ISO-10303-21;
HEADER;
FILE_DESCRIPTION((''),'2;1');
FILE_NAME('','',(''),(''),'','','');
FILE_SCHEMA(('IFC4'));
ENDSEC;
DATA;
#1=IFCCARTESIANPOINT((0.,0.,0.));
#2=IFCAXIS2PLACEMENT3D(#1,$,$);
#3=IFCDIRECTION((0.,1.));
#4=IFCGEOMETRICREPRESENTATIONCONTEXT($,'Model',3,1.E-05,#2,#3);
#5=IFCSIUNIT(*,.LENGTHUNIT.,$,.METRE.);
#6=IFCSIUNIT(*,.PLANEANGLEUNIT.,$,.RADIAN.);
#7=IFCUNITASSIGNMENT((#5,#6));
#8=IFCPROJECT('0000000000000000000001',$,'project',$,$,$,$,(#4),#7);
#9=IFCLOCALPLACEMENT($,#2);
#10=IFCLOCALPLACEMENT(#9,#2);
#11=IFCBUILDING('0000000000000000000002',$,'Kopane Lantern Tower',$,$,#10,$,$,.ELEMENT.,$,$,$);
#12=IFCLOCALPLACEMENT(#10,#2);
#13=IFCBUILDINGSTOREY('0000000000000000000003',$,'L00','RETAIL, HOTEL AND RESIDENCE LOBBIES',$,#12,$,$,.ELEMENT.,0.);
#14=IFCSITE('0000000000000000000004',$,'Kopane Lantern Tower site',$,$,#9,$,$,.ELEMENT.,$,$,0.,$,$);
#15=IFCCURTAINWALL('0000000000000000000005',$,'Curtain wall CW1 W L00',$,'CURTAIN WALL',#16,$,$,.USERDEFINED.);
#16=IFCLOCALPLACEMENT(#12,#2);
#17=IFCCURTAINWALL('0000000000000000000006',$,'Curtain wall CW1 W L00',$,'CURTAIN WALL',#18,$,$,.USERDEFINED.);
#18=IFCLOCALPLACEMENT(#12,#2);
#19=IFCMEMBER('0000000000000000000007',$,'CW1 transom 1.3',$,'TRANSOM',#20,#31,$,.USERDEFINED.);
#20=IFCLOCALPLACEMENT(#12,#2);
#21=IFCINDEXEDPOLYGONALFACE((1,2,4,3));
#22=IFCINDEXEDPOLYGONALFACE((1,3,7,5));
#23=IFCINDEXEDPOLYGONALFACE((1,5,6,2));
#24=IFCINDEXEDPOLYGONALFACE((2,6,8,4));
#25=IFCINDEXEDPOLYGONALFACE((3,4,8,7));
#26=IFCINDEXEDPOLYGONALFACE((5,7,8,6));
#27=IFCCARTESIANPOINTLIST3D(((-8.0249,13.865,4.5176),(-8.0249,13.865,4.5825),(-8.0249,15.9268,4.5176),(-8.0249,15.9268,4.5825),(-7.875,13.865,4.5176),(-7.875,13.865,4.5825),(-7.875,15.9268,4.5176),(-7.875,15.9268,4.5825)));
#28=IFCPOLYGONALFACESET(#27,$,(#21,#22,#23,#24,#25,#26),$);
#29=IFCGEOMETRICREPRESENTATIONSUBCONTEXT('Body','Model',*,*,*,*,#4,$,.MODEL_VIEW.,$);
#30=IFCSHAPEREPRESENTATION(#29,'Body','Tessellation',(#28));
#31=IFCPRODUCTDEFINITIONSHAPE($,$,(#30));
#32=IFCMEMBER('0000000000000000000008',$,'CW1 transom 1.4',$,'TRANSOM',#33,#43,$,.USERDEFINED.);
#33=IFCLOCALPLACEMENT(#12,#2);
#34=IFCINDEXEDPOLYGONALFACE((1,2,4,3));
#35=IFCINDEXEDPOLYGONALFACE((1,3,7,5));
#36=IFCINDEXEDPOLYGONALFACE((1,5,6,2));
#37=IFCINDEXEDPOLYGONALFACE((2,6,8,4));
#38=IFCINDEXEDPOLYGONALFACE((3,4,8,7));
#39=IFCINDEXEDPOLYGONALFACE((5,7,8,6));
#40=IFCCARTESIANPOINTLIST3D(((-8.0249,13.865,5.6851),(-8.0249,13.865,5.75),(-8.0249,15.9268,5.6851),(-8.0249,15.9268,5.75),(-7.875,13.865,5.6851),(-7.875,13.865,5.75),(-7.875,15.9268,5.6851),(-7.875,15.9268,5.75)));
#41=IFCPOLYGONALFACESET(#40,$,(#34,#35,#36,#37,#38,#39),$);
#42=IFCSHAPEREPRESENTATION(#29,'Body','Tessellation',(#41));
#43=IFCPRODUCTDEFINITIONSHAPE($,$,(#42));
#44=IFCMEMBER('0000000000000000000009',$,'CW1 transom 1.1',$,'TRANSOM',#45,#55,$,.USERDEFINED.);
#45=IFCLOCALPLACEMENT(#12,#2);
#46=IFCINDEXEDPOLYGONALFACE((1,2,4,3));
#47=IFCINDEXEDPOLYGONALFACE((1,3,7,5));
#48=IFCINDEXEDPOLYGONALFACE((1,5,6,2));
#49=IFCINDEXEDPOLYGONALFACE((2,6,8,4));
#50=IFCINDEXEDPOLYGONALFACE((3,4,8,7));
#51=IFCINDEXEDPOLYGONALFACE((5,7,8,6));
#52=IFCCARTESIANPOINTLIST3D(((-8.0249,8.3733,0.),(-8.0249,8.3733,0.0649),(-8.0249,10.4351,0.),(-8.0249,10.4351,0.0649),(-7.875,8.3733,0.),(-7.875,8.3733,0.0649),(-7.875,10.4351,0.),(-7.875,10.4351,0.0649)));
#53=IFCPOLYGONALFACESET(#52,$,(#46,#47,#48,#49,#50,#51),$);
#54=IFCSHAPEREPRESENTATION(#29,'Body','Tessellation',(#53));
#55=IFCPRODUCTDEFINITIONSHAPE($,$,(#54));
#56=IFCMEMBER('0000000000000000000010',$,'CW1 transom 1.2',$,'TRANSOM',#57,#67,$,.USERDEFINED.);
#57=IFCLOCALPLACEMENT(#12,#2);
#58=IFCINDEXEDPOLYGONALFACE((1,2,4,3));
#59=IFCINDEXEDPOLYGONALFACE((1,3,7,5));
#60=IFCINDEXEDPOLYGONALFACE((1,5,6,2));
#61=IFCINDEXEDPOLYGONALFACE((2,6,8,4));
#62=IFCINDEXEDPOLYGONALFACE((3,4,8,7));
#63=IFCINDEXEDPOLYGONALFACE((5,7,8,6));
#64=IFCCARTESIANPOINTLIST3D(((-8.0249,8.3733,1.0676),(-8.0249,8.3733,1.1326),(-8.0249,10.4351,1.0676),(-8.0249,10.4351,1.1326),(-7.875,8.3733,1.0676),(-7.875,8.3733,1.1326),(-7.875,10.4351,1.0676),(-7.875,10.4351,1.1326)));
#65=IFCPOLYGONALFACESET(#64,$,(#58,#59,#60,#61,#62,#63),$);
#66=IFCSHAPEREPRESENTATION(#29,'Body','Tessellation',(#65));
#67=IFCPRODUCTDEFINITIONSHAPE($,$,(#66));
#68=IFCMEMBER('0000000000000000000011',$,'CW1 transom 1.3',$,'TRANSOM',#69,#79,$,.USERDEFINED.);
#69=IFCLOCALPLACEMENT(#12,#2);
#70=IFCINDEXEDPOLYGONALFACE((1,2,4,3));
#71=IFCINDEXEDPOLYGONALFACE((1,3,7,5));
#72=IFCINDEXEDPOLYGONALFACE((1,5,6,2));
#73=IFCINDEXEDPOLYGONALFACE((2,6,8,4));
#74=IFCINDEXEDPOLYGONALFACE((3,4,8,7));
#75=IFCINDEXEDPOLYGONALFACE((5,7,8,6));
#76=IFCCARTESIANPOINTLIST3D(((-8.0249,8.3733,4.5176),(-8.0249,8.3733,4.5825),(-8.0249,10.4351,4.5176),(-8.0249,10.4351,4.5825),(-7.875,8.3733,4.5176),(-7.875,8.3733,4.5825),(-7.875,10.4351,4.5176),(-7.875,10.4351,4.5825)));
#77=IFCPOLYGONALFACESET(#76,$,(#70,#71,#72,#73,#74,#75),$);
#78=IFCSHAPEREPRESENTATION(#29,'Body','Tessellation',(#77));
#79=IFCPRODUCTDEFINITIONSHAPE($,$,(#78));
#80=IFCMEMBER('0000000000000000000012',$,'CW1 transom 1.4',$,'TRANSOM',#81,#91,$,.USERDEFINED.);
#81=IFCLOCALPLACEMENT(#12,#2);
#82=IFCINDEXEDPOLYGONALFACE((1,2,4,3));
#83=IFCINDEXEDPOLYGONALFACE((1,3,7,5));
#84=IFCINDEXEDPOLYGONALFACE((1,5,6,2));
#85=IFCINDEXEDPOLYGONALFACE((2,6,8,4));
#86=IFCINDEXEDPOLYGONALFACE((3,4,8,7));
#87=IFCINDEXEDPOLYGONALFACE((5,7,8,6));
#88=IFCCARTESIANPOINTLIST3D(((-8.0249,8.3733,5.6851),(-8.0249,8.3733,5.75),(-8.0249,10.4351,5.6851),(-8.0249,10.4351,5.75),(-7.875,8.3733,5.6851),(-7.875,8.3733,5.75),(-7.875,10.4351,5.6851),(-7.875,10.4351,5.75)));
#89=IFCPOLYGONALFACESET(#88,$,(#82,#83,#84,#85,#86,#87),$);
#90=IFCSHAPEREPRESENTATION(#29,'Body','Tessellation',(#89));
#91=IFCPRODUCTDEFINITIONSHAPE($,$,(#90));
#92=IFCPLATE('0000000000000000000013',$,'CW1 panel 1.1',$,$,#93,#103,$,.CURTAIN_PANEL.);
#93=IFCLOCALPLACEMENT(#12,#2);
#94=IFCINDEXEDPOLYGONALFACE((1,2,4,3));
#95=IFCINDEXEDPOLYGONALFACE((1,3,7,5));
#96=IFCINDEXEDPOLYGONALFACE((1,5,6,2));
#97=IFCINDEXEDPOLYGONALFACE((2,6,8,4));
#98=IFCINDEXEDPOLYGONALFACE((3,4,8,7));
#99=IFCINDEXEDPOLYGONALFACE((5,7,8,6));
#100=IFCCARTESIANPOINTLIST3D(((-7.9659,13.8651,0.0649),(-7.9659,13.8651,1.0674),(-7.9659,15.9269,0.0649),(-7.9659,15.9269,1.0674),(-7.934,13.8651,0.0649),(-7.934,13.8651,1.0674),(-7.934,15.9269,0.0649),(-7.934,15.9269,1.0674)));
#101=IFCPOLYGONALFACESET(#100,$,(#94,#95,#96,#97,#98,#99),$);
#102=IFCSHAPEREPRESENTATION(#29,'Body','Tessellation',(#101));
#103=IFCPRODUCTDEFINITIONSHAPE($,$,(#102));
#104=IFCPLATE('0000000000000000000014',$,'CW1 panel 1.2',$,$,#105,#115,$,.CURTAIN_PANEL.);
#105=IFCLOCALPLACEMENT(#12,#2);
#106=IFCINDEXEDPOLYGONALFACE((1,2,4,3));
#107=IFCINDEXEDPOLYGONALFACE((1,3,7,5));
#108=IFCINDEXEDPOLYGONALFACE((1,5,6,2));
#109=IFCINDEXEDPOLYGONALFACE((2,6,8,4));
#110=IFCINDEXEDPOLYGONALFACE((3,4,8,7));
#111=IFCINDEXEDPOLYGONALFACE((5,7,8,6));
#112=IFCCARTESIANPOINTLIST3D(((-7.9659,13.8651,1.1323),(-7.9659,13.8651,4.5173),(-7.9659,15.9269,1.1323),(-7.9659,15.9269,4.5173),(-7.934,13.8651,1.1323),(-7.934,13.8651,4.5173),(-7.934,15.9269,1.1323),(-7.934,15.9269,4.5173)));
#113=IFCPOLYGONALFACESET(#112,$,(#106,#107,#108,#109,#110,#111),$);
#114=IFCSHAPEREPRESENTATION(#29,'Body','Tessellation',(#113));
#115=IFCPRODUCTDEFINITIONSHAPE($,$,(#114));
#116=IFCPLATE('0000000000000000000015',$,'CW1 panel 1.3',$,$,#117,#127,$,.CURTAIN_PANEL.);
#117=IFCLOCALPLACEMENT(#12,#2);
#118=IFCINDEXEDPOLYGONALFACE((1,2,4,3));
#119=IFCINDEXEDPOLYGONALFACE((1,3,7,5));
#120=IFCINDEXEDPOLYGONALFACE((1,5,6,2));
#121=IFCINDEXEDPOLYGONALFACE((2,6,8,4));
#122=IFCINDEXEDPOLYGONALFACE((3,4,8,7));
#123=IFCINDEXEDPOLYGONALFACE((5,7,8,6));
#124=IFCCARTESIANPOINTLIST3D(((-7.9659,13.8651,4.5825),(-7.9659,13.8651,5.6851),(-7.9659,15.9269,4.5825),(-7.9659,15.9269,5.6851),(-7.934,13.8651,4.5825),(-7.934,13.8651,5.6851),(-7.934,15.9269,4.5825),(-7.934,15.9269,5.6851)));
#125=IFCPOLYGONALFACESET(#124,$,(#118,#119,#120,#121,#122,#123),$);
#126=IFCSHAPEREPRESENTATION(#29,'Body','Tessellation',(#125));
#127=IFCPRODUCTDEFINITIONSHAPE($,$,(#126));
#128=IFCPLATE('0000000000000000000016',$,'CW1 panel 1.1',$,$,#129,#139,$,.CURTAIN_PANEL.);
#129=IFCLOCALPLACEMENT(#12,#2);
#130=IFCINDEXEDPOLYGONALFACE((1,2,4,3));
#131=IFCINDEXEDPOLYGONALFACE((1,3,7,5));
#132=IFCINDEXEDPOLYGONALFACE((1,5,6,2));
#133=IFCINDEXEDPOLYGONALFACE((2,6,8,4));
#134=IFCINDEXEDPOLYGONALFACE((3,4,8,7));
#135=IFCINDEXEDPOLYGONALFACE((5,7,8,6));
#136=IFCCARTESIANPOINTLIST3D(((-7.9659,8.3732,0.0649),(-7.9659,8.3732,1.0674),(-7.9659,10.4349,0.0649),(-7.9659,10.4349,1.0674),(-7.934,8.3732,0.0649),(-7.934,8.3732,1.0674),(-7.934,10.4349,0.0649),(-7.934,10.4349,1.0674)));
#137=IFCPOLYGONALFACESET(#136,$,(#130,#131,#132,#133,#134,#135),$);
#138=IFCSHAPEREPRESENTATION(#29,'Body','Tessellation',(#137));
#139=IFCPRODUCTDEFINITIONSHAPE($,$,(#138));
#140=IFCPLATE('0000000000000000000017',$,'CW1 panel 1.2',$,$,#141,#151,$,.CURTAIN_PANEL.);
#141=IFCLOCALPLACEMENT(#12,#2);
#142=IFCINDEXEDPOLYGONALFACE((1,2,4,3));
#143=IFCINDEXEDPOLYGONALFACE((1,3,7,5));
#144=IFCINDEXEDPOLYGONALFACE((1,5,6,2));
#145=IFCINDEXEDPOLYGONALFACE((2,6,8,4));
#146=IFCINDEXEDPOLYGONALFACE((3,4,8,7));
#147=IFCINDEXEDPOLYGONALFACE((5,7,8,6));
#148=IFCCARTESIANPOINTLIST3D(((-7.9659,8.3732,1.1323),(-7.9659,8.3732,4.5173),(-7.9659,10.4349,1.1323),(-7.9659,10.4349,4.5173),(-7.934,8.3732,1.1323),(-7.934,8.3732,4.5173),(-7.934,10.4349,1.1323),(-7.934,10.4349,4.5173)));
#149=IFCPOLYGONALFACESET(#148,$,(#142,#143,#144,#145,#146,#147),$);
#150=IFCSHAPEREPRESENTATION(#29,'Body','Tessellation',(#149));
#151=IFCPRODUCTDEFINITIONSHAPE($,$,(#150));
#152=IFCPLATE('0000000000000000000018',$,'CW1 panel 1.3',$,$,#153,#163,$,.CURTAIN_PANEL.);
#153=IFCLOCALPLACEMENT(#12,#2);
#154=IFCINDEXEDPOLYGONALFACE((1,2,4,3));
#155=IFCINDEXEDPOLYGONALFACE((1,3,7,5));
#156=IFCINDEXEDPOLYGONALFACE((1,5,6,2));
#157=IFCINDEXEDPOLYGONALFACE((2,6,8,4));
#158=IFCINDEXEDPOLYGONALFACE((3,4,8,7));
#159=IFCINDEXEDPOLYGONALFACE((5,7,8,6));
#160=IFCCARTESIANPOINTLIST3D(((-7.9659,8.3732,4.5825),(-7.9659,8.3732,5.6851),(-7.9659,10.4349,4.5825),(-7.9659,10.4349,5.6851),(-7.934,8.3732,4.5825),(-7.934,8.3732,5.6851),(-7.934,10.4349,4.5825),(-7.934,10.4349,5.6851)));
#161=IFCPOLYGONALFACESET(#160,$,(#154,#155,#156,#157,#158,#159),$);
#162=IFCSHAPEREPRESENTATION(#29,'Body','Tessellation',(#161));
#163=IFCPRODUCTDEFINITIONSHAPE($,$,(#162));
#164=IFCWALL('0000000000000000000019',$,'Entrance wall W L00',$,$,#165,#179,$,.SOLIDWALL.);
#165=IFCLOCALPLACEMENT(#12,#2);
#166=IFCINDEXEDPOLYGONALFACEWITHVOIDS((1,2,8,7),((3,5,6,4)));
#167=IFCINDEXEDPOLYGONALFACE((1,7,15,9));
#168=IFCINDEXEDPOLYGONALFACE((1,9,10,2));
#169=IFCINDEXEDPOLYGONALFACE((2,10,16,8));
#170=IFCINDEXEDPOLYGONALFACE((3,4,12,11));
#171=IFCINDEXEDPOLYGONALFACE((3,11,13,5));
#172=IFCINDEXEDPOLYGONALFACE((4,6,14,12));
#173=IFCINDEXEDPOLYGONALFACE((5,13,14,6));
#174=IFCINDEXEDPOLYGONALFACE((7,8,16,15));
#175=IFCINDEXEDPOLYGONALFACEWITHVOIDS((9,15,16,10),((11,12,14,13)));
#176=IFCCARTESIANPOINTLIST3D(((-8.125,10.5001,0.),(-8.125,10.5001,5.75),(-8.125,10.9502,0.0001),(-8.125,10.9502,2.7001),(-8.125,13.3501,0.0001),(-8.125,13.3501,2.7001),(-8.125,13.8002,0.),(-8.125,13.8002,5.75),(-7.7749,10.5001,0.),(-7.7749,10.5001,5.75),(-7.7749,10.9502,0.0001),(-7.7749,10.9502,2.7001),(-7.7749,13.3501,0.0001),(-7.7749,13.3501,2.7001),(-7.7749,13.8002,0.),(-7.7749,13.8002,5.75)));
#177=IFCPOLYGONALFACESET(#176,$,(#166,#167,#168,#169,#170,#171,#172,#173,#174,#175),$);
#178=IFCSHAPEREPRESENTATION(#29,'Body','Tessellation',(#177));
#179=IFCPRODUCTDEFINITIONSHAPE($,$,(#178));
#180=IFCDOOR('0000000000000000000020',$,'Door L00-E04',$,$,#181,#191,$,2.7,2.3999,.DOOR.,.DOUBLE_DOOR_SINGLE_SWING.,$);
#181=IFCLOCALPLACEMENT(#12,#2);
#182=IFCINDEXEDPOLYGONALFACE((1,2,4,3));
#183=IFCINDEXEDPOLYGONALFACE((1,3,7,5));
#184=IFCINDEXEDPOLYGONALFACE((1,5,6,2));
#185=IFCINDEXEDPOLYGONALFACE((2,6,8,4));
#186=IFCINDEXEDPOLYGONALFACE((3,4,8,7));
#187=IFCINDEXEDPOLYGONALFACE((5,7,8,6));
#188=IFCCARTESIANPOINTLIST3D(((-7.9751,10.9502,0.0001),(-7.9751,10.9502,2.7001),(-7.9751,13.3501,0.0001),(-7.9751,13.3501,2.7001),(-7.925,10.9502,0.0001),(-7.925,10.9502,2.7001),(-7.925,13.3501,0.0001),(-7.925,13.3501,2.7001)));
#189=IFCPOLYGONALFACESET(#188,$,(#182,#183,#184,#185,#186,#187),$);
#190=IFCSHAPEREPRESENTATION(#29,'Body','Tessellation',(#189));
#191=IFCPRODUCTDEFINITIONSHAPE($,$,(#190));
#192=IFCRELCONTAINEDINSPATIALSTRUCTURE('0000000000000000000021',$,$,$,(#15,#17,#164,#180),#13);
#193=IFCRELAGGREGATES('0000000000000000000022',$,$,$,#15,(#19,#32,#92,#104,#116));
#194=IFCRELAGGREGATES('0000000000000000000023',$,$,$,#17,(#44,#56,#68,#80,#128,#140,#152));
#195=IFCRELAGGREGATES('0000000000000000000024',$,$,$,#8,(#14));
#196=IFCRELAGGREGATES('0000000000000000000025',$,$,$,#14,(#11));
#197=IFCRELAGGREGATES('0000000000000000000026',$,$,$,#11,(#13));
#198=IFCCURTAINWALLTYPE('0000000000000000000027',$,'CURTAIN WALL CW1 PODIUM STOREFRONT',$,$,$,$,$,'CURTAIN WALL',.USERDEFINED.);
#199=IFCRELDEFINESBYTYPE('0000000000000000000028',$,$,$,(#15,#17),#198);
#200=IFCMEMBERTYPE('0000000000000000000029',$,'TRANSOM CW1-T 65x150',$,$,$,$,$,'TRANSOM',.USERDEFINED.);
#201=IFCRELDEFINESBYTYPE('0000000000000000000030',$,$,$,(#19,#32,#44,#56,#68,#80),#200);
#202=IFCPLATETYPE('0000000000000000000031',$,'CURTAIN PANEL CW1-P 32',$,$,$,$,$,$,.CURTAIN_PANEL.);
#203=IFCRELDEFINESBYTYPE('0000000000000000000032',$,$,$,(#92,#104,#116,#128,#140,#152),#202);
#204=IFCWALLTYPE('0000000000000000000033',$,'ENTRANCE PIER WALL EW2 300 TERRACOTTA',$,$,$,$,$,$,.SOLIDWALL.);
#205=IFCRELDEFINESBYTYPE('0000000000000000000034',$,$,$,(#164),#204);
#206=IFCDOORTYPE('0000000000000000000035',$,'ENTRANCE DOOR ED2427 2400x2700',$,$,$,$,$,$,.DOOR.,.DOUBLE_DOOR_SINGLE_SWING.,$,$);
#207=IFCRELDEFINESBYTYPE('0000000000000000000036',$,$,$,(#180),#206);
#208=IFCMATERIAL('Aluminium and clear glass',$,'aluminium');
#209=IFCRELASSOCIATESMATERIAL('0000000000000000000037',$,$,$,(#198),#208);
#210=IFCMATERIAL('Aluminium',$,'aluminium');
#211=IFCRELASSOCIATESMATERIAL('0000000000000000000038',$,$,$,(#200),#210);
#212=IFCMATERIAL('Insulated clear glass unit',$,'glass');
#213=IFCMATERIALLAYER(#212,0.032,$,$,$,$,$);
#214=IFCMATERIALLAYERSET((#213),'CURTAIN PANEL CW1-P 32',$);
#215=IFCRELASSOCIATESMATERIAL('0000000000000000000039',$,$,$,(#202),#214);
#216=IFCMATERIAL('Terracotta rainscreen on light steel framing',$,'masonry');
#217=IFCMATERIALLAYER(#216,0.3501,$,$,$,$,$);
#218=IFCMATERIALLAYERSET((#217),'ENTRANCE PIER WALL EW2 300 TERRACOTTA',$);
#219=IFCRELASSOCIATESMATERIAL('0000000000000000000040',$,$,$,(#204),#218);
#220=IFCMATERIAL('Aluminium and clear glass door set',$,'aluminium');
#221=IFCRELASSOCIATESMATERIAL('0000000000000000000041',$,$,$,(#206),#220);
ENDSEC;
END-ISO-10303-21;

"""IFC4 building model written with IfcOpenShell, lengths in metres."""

from ifc_helpers import new_model, si_unit, direction, frame, frame_2d, origin, origin_2d, place, context, subcontext, project, spatial, rectangle, extrude, material, layer, layer_set, material_profile, profile_set, type_object, element, fill, aggregate, save


model = new_model("IFC4")

# Units and contexts
model_context = context("Model", 3, precision=1e-05, world=origin(), true_north=direction((0.0, 1.0)))
body_context = subcontext(model_context, "Body", "Model", "MODEL_VIEW")
ifc_project = project(units=[si_unit("LENGTHUNIT", "METRE"), si_unit("PLANEANGLEUNIT", "RADIAN")], contexts=[model_context])

# Site, building, storey
site_placement = place(None, origin())
site = spatial("IfcSite", under=ifc_project, at=site_placement, Name="Kopane Lantern Tower site", CompositionType="ELEMENT", RefElevation=0.0)
building_placement = place(site_placement, origin())
building = spatial("IfcBuilding", under=site, at=building_placement, Name="Kopane Lantern Tower", CompositionType="ELEMENT")
storey_placement = place(building_placement, origin())
storey = spatial("IfcBuildingStorey", under=building, at=storey_placement, Name="L00", Description="RETAIL, HOTEL AND RESIDENCE LOBBIES", CompositionType="ELEMENT", Elevation=0.0)

# Shared definitions
ifc_material_1 = material(Name="Aluminium and clear glass", Category="aluminium")
curtain_wall_type = type_object("IfcCurtainWallType", Name="CURTAIN WALL CW1 PODIUM STOREFRONT", ElementType="CURTAIN WALL", PredefinedType="USERDEFINED", material=ifc_material_1)

# Curtain walls
curtain_wall_1_placement = place(storey_placement, origin())
curtain_wall_1 = element("IfcCurtainWall", 1, at=curtain_wall_1_placement, inside=storey, type_object=curtain_wall_type, Name="Curtain wall CW1 W L00", ObjectType="CURTAIN WALL", PredefinedType="USERDEFINED")
curtain_wall_2_placement = place(storey_placement, origin())
curtain_wall_2 = element("IfcCurtainWall", 2, at=curtain_wall_2_placement, inside=storey, type_object=curtain_wall_type, Name="Curtain wall CW1 W L00", ObjectType="CURTAIN WALL", PredefinedType="USERDEFINED")

# Members
ifc_material_2 = material(Name="Aluminium", Category="aluminium")
ifc_material_profile_1 = material_profile(ifc_material_2, rectangle(XDim=0.1499, YDim=0.0649, at=origin_2d()), Name="AL 150x65")
ifc_profile_set_1 = profile_set([ifc_material_profile_1], Name="Aluminium")
member_type_1 = type_object("IfcMemberType", Name="TRANSOM CW1-T 65x150", ElementType="TRANSOM", PredefinedType="USERDEFINED", material=ifc_profile_set_1)
member_1_placement = place(storey_placement, frame((-7.95, 15.9268, 4.55), z_axis=(0.0, -1.0, 0.0), x_axis=(1.0, 0.0, 0.0)))
member_1 = element("IfcMember", 3, at=member_1_placement, type_object=member_type_1, Name="CW1 transom 1.3", ObjectType="TRANSOM", PredefinedType="USERDEFINED", context=body_context, shape_type="SweptSolid", body=[
    extrude(rectangle(XDim=0.1499, YDim=0.0649, at=origin_2d()), origin(), (0.0, 0.0, 1.0), 2.0618),
])
member_2_placement = place(storey_placement, frame((-7.95, 15.9268, 5.7175), z_axis=(0.0, -1.0, 0.0), x_axis=(1.0, 0.0, 0.0)))
member_2 = element("IfcMember", 4, at=member_2_placement, type_object=member_type_1, Name="CW1 transom 1.4", ObjectType="TRANSOM", PredefinedType="USERDEFINED", context=body_context, shape_type="SweptSolid", body=[
    extrude(rectangle(XDim=0.1499, YDim=0.0649, at=origin_2d()), origin(), (0.0, 0.0, 1.0), 2.0618),
])
member_3_placement = place(storey_placement, frame((-7.95, 10.4351, 0.0325), z_axis=(0.0, -1.0, 0.0), x_axis=(1.0, 0.0, 0.0)))
member_3 = element("IfcMember", 5, at=member_3_placement, type_object=member_type_1, Name="CW1 transom 1.1", ObjectType="TRANSOM", PredefinedType="USERDEFINED", context=body_context, shape_type="SweptSolid", body=[
    extrude(rectangle(XDim=0.1499, YDim=0.0649, at=origin_2d()), origin(), (0.0, 0.0, 1.0), 2.0618),
])
member_4_placement = place(storey_placement, frame((-7.95, 10.4351, 1.1001), z_axis=(0.0, -1.0, 0.0), x_axis=(1.0, 0.0, 0.0)))
member_4 = element("IfcMember", 6, at=member_4_placement, type_object=member_type_1, Name="CW1 transom 1.2", ObjectType="TRANSOM", PredefinedType="USERDEFINED", context=body_context, shape_type="SweptSolid", body=[
    extrude(rectangle(XDim=0.1499, YDim=0.0649, at=origin_2d()), origin(), (0.0, 0.0, 1.0), 2.0618),
])
member_5_placement = place(storey_placement, frame((-7.95, 10.4351, 4.55), z_axis=(0.0, -1.0, 0.0), x_axis=(1.0, 0.0, 0.0)))
member_5 = element("IfcMember", 7, at=member_5_placement, type_object=member_type_1, Name="CW1 transom 1.3", ObjectType="TRANSOM", PredefinedType="USERDEFINED", context=body_context, shape_type="SweptSolid", body=[
    extrude(rectangle(XDim=0.1499, YDim=0.0649, at=origin_2d()), origin(), (0.0, 0.0, 1.0), 2.0618),
])
member_6_placement = place(storey_placement, frame((-7.95, 10.4351, 5.7175), z_axis=(0.0, -1.0, 0.0), x_axis=(1.0, 0.0, 0.0)))
member_6 = element("IfcMember", 8, at=member_6_placement, type_object=member_type_1, Name="CW1 transom 1.4", ObjectType="TRANSOM", PredefinedType="USERDEFINED", context=body_context, shape_type="SweptSolid", body=[
    extrude(rectangle(XDim=0.1499, YDim=0.0649, at=origin_2d()), origin(), (0.0, 0.0, 1.0), 2.0618),
])

# Plates
ifc_material_3 = material(Name="Insulated clear glass unit", Category="glass")
ifc_layer_1 = layer(ifc_material_3, 0.032)
ifc_layer_set_1 = layer_set([ifc_layer_1], Name="CURTAIN PANEL CW1-P 32")
plate_type = type_object("IfcPlateType", Name="CURTAIN PANEL CW1-P 32", PredefinedType="CURTAIN_PANEL", material=ifc_layer_set_1)
plate_1_placement = place(storey_placement, frame((-7.95, 14.896, 0.0649), z_axis=(0.0, 0.0, 1.0), x_axis=(0.0, -1.0, 0.0)))
plate_1 = element("IfcPlate", 9, at=plate_1_placement, type_object=plate_type, Name="CW1 panel 1.1", PredefinedType="CURTAIN_PANEL", context=body_context, shape_type="SweptSolid", body=[
    extrude(rectangle(XDim=2.0618, YDim=0.032, at=origin_2d()), origin(), (0.0, 0.0, 1.0), 1.0024),
])
plate_2_placement = place(storey_placement, frame((-7.95, 14.896, 1.1323), z_axis=(0.0, 0.0, 1.0), x_axis=(0.0, -1.0, 0.0)))
plate_2 = element("IfcPlate", 10, at=plate_2_placement, type_object=plate_type, Name="CW1 panel 1.2", PredefinedType="CURTAIN_PANEL", context=body_context, shape_type="SweptSolid", body=[
    extrude(rectangle(XDim=2.0618, YDim=0.032, at=origin_2d()), origin(), (0.0, 0.0, 1.0), 3.385),
])
plate_3_placement = place(storey_placement, frame((-7.95, 14.896, 4.5825), z_axis=(0.0, 0.0, 1.0), x_axis=(0.0, -1.0, 0.0)))
plate_3 = element("IfcPlate", 11, at=plate_3_placement, type_object=plate_type, Name="CW1 panel 1.3", PredefinedType="CURTAIN_PANEL", context=body_context, shape_type="SweptSolid", body=[
    extrude(rectangle(XDim=2.0618, YDim=0.032, at=origin_2d()), origin(), (0.0, 0.0, 1.0), 1.1025),
])
aggregate(curtain_wall_1, [member_1, member_2, plate_1, plate_2, plate_3])
plate_4_placement = place(storey_placement, frame((-7.95, 9.4041, 0.0649), z_axis=(0.0, 0.0, 1.0), x_axis=(0.0, -1.0, 0.0)))
plate_4 = element("IfcPlate", 12, at=plate_4_placement, type_object=plate_type, Name="CW1 panel 1.1", PredefinedType="CURTAIN_PANEL", context=body_context, shape_type="SweptSolid", body=[
    extrude(rectangle(XDim=2.0618, YDim=0.032, at=origin_2d()), origin(), (0.0, 0.0, 1.0), 1.0024),
])
plate_5_placement = place(storey_placement, frame((-7.95, 9.4041, 1.1323), z_axis=(0.0, 0.0, 1.0), x_axis=(0.0, -1.0, 0.0)))
plate_5 = element("IfcPlate", 13, at=plate_5_placement, type_object=plate_type, Name="CW1 panel 1.2", PredefinedType="CURTAIN_PANEL", context=body_context, shape_type="SweptSolid", body=[
    extrude(rectangle(XDim=2.0618, YDim=0.032, at=origin_2d()), origin(), (0.0, 0.0, 1.0), 3.385),
])
plate_6_placement = place(storey_placement, frame((-7.95, 9.4041, 4.5825), z_axis=(0.0, 0.0, 1.0), x_axis=(0.0, -1.0, 0.0)))
plate_6 = element("IfcPlate", 14, at=plate_6_placement, type_object=plate_type, Name="CW1 panel 1.3", PredefinedType="CURTAIN_PANEL", context=body_context, shape_type="SweptSolid", body=[
    extrude(rectangle(XDim=2.0618, YDim=0.032, at=origin_2d()), origin(), (0.0, 0.0, 1.0), 1.1025),
])
aggregate(curtain_wall_2, [member_3, member_4, member_5, member_6, plate_4, plate_5, plate_6])

# Wall, opening, door
ifc_material_4 = material(Name="Terracotta rainscreen on light steel framing", Category="masonry")
ifc_layer_2 = layer(ifc_material_4, 0.3501)
ifc_layer_set_2 = layer_set([ifc_layer_2], Name="ENTRANCE PIER WALL EW2 300 TERRACOTTA")
wall_type = type_object("IfcWallType", Name="ENTRANCE PIER WALL EW2 300 TERRACOTTA", PredefinedType="SOLIDWALL", material=ifc_layer_set_2)
wall_placement = place(storey_placement, frame((-7.95, 13.8, 0.0), z_axis=(0.0, 0.0, 1.0), x_axis=(0.0, -1.0, 0.0)))
wall = element("IfcWall", 15, at=wall_placement, inside=storey, type_object=wall_type, Name="Entrance wall W L00", PredefinedType="SOLIDWALL", context=body_context, shape_type="SweptSolid", body=[
    extrude(rectangle(XDim=3.3, YDim=0.3501, at=frame_2d((1.6499, 0.0))), origin(), (0.0, 0.0, 1.0), 5.75),
])
opening_placement = place(wall_placement, frame((0.45, 0.0, 0.0)))
opening = element("IfcOpeningElement", 16, at=opening_placement, cuts=wall, PredefinedType="OPENING", context=body_context, shape_type="SweptSolid", body=[
    extrude(rectangle(XDim=2.3999, YDim=2.7, at=frame_2d((1.2, 1.3501))), frame((0.0, 0.1851, 0.0), z_axis=(0.0, -1.0, 0.0), x_axis=(1.0, 0.0, 0.0)), (0.0, 0.0, 1.0), 0.3701),
])
ifc_material_5 = material(Name="Aluminium and clear glass door set", Category="aluminium")
door_type = type_object("IfcDoorType", Name="ENTRANCE DOOR ED2427 2400x2700", OperationType="DOUBLE_DOOR_SINGLE_SWING", PredefinedType="DOOR", material=ifc_material_5)
door_placement = place(opening_placement, origin())
door = element("IfcDoor", 17, at=door_placement, inside=storey, type_object=door_type, Name="Door L00-E04", OperationType="DOUBLE_DOOR_SINGLE_SWING", OverallHeight=2.7, OverallWidth=2.3999, PredefinedType="DOOR", context=body_context, shape_type="SweptSolid", body=[
    extrude(rectangle(XDim=2.3999, YDim=2.7, at=frame_2d((1.2, 1.3501))), frame((0.0, 0.0249, 0.0), z_axis=(0.0, -1.0, 0.0), x_axis=(1.0, 0.0, 0.0)), (0.0, 0.0, 1.0), 0.05),
])
fill(opening, door)

save(model, "model.ifc")
